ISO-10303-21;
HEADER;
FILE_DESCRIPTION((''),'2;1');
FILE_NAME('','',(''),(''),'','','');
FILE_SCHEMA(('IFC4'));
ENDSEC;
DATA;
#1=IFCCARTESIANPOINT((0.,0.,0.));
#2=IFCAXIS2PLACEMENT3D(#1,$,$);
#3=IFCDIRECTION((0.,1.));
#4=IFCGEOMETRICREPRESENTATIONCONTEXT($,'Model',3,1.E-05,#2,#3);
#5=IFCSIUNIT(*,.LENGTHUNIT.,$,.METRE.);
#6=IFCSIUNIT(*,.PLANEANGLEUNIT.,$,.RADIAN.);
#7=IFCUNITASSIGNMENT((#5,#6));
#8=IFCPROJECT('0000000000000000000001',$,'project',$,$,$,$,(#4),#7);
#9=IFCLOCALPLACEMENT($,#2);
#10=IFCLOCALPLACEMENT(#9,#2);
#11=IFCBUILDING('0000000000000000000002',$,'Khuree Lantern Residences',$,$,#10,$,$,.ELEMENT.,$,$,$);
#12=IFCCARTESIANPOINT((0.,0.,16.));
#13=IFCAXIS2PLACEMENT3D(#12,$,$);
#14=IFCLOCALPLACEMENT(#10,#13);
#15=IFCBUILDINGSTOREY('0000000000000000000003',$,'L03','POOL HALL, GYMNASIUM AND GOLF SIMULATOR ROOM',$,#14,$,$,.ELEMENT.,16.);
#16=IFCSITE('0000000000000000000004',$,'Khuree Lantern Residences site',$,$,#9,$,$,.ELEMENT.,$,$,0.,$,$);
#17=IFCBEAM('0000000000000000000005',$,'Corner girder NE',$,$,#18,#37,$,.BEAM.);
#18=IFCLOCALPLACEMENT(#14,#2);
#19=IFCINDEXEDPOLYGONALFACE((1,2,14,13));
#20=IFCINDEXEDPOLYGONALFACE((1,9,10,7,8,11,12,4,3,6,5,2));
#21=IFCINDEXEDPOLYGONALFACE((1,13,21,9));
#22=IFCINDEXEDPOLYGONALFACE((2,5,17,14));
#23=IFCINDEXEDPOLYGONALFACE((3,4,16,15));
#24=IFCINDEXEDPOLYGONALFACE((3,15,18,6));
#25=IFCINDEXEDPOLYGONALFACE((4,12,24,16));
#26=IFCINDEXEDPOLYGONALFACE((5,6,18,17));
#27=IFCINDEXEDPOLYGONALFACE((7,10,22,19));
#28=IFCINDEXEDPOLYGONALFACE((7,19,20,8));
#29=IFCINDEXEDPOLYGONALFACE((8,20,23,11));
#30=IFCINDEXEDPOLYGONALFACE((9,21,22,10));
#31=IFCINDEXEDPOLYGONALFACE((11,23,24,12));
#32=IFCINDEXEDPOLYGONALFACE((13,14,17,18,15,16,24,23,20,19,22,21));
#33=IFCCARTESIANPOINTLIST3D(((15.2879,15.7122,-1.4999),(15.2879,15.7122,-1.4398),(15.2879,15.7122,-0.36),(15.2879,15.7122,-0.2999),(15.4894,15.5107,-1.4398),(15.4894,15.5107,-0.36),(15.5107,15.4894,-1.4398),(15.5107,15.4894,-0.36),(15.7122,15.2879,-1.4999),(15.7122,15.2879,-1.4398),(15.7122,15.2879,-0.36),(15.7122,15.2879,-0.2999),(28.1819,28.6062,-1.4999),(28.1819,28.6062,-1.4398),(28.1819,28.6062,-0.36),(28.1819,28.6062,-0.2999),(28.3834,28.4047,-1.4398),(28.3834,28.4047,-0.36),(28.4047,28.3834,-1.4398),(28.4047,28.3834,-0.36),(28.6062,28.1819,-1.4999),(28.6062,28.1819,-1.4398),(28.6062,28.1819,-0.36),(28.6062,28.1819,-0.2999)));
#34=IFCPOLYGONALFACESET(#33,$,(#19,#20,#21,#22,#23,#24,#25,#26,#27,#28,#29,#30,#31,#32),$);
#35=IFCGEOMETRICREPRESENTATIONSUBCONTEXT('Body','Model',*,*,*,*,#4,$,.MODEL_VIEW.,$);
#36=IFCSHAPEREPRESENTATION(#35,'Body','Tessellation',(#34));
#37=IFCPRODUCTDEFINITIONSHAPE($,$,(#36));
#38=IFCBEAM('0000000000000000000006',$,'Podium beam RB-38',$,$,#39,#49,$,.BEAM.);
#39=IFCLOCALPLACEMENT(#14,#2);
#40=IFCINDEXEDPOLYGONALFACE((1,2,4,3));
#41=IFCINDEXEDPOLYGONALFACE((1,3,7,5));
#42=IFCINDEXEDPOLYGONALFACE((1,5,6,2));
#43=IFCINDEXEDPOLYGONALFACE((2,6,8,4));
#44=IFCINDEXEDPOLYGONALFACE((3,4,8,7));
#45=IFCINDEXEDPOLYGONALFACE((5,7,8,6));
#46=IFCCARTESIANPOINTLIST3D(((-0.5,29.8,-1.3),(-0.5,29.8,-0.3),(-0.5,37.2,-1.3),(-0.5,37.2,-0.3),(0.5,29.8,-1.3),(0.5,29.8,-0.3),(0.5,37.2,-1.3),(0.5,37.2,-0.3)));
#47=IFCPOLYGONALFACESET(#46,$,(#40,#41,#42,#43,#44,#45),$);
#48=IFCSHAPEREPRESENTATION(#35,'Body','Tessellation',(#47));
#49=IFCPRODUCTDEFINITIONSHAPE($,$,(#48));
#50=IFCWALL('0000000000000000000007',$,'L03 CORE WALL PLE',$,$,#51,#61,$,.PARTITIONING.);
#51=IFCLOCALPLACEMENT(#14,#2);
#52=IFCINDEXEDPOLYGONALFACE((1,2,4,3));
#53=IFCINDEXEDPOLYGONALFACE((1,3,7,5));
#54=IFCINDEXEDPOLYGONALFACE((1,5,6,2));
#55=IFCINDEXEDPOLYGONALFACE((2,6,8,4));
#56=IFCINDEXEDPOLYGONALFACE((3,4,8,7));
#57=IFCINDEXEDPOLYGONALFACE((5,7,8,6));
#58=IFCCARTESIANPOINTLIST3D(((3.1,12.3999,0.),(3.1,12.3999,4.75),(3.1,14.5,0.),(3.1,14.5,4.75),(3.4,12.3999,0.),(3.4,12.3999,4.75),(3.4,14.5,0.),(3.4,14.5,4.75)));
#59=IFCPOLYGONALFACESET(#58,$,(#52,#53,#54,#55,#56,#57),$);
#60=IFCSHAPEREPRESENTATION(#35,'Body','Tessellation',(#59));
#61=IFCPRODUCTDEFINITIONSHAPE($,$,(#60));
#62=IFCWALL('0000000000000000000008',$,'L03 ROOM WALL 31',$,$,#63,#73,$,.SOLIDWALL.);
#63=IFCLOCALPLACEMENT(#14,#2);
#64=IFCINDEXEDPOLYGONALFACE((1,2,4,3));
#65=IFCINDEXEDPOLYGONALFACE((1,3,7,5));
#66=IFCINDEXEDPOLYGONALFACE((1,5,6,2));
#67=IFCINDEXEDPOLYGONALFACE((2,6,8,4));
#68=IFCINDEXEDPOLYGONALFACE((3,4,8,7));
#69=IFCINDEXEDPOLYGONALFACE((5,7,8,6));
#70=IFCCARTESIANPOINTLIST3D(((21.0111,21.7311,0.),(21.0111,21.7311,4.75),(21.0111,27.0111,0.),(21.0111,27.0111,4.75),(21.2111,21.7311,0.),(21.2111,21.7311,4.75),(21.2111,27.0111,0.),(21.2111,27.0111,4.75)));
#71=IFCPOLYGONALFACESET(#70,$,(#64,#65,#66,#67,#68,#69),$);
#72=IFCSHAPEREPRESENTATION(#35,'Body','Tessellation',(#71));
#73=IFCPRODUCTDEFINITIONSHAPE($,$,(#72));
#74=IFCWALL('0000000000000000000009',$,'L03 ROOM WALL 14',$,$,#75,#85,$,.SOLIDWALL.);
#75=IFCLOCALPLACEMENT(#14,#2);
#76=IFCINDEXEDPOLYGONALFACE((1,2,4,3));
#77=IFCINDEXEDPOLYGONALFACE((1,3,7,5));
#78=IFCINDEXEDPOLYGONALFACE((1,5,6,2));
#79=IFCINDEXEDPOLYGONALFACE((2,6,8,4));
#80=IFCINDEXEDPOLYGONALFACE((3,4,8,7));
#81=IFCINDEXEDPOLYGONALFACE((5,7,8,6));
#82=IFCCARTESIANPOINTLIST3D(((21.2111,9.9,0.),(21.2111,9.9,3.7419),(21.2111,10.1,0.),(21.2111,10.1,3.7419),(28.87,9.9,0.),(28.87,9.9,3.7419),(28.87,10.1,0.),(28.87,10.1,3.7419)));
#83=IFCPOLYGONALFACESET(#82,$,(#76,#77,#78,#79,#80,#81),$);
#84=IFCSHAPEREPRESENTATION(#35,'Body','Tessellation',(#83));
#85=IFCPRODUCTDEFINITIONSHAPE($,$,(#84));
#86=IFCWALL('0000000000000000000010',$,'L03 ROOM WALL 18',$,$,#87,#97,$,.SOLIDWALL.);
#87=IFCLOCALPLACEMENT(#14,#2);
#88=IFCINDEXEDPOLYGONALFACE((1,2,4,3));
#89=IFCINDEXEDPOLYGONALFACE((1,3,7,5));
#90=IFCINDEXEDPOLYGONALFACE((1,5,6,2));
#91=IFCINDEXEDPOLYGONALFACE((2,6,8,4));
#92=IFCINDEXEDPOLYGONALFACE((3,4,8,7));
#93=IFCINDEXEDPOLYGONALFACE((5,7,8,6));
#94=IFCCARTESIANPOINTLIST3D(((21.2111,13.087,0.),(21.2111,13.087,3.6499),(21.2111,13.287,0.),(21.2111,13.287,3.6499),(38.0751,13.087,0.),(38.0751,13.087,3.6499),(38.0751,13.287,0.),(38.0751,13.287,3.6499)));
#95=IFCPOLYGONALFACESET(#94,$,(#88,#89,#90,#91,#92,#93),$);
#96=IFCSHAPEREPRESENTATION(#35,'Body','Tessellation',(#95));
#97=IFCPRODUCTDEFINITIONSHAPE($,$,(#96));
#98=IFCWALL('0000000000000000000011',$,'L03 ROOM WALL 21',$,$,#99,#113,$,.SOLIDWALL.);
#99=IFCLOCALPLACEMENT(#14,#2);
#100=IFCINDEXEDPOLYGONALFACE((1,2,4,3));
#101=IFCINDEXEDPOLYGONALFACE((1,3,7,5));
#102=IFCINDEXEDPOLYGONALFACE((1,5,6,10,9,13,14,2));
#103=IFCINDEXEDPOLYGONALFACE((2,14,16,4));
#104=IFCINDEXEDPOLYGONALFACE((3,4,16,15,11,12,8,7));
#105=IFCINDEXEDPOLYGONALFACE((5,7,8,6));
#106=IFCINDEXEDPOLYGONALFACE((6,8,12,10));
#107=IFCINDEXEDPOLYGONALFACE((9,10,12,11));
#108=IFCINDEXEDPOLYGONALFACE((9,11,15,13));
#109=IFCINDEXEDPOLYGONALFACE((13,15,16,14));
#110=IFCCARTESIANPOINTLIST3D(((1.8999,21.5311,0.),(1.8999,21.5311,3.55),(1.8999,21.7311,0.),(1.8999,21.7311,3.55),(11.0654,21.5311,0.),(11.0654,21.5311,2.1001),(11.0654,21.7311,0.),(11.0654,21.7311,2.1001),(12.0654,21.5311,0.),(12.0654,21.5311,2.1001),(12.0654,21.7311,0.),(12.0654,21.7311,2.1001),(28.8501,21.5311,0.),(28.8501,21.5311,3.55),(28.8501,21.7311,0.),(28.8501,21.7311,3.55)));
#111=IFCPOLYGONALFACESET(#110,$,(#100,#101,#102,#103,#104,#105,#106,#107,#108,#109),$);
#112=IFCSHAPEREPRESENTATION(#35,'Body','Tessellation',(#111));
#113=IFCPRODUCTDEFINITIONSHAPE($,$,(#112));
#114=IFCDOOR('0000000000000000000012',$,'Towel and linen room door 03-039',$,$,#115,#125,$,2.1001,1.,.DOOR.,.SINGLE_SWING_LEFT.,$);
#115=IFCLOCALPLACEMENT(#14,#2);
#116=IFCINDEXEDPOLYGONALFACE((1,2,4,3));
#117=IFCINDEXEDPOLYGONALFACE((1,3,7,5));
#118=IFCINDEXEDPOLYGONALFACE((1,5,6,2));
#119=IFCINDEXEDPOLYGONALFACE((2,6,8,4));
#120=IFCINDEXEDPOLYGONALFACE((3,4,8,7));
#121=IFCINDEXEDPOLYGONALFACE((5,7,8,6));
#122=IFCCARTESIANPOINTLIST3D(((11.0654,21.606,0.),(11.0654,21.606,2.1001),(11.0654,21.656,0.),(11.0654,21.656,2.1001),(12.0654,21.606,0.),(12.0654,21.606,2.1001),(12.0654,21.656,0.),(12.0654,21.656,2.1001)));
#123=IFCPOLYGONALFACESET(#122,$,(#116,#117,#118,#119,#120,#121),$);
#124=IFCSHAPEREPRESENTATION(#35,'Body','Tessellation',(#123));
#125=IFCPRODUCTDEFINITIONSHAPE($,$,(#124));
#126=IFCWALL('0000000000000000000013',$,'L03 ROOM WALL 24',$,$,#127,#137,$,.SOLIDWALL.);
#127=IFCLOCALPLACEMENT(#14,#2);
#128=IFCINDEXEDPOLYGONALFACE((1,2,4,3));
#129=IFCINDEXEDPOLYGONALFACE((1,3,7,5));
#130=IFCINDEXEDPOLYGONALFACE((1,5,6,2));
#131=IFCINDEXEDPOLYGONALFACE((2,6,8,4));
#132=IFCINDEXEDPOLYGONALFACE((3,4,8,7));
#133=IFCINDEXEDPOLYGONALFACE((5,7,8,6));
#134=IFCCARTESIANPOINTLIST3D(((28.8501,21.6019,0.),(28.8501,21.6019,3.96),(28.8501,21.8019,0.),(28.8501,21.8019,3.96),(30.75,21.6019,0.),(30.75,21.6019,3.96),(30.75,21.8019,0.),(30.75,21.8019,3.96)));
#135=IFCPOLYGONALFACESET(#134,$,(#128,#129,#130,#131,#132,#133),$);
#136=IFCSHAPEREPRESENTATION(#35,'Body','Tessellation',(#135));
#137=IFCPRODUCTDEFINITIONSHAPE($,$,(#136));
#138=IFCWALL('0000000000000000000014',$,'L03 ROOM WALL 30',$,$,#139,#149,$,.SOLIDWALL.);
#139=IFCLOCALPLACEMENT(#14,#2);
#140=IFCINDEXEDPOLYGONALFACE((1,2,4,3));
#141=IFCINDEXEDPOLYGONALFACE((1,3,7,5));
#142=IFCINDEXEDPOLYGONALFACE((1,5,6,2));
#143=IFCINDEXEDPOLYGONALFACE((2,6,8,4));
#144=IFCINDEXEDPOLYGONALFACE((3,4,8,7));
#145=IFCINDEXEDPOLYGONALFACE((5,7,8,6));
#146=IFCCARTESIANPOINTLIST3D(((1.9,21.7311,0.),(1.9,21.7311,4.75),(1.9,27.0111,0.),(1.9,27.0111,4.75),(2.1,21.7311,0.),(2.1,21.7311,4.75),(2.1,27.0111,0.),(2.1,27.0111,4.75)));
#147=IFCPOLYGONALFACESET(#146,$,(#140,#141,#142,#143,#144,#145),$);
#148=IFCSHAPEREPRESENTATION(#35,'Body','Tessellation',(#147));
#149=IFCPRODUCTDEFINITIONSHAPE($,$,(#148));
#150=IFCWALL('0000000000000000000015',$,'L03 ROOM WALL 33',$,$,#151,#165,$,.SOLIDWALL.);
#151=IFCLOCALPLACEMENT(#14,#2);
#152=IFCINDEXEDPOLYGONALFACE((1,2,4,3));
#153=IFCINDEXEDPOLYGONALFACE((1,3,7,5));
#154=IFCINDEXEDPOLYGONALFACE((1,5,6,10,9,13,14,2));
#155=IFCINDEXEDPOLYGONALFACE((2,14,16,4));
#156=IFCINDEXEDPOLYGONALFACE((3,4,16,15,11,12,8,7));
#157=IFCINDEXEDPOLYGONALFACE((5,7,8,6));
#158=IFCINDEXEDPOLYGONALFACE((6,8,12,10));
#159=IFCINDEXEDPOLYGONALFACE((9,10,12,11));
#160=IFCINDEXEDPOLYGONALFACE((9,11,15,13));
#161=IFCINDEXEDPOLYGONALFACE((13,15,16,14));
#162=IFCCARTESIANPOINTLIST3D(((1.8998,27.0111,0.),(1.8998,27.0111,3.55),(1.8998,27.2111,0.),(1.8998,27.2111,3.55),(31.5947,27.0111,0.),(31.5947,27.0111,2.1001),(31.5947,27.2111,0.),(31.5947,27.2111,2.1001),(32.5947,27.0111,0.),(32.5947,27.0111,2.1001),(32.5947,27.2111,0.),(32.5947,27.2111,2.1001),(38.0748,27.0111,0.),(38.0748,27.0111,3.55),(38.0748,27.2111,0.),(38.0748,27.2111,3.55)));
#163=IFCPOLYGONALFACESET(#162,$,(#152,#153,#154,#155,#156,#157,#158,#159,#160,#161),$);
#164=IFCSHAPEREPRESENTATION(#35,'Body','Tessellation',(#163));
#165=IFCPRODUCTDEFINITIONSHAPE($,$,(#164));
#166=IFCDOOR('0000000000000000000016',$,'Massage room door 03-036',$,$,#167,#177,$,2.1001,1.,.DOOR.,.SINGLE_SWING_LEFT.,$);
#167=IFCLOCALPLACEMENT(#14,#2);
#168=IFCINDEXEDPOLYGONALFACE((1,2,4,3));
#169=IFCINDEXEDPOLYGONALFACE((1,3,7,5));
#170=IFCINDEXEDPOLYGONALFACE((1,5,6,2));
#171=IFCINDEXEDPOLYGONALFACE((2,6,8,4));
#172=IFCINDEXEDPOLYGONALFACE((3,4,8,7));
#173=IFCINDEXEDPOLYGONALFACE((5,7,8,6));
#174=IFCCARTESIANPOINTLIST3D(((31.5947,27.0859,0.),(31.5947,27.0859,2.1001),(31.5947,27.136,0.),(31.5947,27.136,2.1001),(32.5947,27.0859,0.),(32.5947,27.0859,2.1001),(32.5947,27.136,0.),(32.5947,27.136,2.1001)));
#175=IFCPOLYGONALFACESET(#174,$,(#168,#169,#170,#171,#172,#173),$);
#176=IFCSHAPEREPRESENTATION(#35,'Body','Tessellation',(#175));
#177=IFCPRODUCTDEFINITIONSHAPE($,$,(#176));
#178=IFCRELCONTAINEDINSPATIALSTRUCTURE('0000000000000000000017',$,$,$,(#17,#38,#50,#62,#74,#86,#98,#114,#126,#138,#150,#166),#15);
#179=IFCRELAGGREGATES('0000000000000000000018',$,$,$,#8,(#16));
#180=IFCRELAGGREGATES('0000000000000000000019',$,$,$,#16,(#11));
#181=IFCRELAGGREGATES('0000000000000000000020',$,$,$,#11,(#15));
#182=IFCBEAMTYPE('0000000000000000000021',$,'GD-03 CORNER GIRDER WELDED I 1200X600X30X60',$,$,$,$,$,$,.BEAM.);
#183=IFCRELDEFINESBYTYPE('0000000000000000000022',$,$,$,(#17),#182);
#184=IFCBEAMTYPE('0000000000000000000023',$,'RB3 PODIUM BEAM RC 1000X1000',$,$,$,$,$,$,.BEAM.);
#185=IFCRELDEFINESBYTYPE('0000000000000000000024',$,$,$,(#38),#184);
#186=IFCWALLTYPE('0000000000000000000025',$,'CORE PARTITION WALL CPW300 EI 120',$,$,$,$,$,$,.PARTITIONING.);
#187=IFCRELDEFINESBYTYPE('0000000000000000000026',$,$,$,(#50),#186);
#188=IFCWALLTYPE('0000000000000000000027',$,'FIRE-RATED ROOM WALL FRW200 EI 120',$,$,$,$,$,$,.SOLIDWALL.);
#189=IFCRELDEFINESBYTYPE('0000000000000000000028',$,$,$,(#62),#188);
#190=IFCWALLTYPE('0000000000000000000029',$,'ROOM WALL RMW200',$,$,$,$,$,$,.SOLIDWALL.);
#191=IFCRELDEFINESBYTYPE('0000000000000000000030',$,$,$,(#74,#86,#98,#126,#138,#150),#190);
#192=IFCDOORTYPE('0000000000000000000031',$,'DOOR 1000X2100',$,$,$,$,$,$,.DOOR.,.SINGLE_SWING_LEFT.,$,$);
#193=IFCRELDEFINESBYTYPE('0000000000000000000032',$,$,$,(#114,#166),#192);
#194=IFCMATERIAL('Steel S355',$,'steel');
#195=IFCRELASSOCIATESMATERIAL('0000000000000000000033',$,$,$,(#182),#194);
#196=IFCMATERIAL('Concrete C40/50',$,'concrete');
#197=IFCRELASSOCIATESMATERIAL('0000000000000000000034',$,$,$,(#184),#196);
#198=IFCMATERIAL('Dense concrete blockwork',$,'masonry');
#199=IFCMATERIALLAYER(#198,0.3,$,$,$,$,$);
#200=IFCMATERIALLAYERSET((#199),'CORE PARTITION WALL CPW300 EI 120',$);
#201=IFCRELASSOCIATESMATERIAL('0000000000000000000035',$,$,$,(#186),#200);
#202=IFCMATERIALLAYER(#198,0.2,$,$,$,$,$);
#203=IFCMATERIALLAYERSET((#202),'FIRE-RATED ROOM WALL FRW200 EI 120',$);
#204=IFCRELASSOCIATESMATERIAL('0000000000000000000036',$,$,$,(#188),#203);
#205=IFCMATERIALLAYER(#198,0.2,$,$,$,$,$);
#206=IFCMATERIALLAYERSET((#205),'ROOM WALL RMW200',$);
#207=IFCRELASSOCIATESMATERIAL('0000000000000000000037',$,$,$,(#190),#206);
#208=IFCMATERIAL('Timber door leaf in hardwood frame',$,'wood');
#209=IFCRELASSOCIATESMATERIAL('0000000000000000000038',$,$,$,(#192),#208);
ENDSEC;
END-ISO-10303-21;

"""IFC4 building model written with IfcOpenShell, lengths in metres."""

from ifc_helpers import new_model, si_unit, direction, frame, frame_2d, origin, origin_2d, place, context, subcontext, project, spatial, rectangle, i_section, extrude, material, layer, layer_set, material_profile, profile_set, type_object, element, fill, save


model = new_model("IFC4")

# Units and contexts
model_context = context("Model", 3, precision=1e-05, world=origin(), true_north=direction((0.0, 1.0)))
body_context = subcontext(model_context, "Body", "Model", "MODEL_VIEW")
ifc_project = project(units=[si_unit("LENGTHUNIT", "METRE"), si_unit("PLANEANGLEUNIT", "RADIAN")], contexts=[model_context])

# Site, building, storey
site_placement = place(None, origin())
site = spatial("IfcSite", under=ifc_project, at=site_placement, Name="Khuree Lantern Residences site", CompositionType="ELEMENT", RefElevation=0.0)
building_placement = place(site_placement, origin())
building = spatial("IfcBuilding", under=site, at=building_placement, Name="Khuree Lantern Residences", CompositionType="ELEMENT")
storey_placement = place(building_placement, frame((0.0, 0.0, 16.0)))
storey = spatial("IfcBuildingStorey", under=building, at=storey_placement, Name="L03", Description="POOL HALL, GYMNASIUM AND GOLF SIMULATOR ROOM", CompositionType="ELEMENT", Elevation=16.0)

# Beams
ifc_material_1 = material(Name="Steel S355", Category="steel")
ifc_material_profile_1 = material_profile(ifc_material_1, i_section(OverallWidth=0.6001, OverallDepth=1.2, WebThickness=0.03, FlangeThickness=0.0601, at=origin_2d()), Name="WELDED I 1200X600X30X60")
ifc_profile_set_1 = profile_set([ifc_material_profile_1], Name="Steel S355")
beam_type_1 = type_object("IfcBeamType", Name="GD-03 CORNER GIRDER WELDED I 1200X600X30X60", PredefinedType="BEAM", material=ifc_profile_set_1)
beam_1_placement = place(storey_placement, frame((28.394, 28.394, -0.8999), z_axis=(-0.707107, -0.707107, 0.0), x_axis=(0.707107, -0.707107, 0.0)))
element("IfcBeam", 1, at=beam_1_placement, inside=storey, type_object=beam_type_1, Name="Corner girder NE", PredefinedType="BEAM", context=body_context, shape_type="SweptSolid", body=[
    extrude(i_section(OverallWidth=0.6001, OverallDepth=1.2, WebThickness=0.03, FlangeThickness=0.0601, at=origin_2d()), origin(), (0.0, 0.0, 1.0), 18.2349),
])
ifc_material_2 = material(Name="Concrete C40/50", Category="concrete")
ifc_material_profile_2 = material_profile(ifc_material_2, rectangle(XDim=1.0, YDim=1.0, at=origin_2d()), Name="RC 1000X1000")
ifc_profile_set_2 = profile_set([ifc_material_profile_2], Name="Concrete C40/50")
beam_type_2 = type_object("IfcBeamType", Name="RB3 PODIUM BEAM RC 1000X1000", PredefinedType="BEAM", material=ifc_profile_set_2)
beam_2_placement = place(storey_placement, frame((0.0, 29.8, -0.8), z_axis=(0.0, 1.0, 0.0), x_axis=(-1.0, 0.0, 0.0)))
element("IfcBeam", 2, at=beam_2_placement, inside=storey, type_object=beam_type_2, Name="Podium beam RB-38", PredefinedType="BEAM", context=body_context, shape_type="SweptSolid", body=[
    extrude(rectangle(XDim=1.0, YDim=1.0, at=origin_2d()), origin(), (0.0, 0.0, 1.0), 7.3999),
])

# Walls
ifc_material_3 = material(Name="Dense concrete blockwork", Category="masonry")
ifc_layer_1 = layer(ifc_material_3, 0.3)
ifc_layer_set_1 = layer_set([ifc_layer_1], Name="CORE PARTITION WALL CPW300 EI 120")
wall_type_1 = type_object("IfcWallType", Name="CORE PARTITION WALL CPW300 EI 120", PredefinedType="PARTITIONING", material=ifc_layer_set_1)
wall_1_placement = place(storey_placement, frame((3.25, 12.3999, 0.0), z_axis=(0.0, 0.0, 1.0), x_axis=(0.0, 1.0, 0.0)))
element("IfcWall", 3, at=wall_1_placement, inside=storey, type_object=wall_type_1, Name="L03 CORE WALL PLE", PredefinedType="PARTITIONING", context=body_context, shape_type="SweptSolid", body=[
    extrude(rectangle(XDim=2.1001, YDim=0.3, at=frame_2d((1.05, 0.0))), origin(), (0.0, 0.0, 1.0), 4.75),
])
ifc_layer_2 = layer(ifc_material_3, 0.2)
ifc_layer_set_2 = layer_set([ifc_layer_2], Name="FIRE-RATED ROOM WALL FRW200 EI 120")
wall_type_2 = type_object("IfcWallType", Name="FIRE-RATED ROOM WALL FRW200 EI 120", PredefinedType="SOLIDWALL", material=ifc_layer_set_2)
wall_2_placement = place(storey_placement, frame((21.1111, 21.731, 0.0), z_axis=(0.0, 0.0, 1.0), x_axis=(0.0, 1.0, 0.0)))
element("IfcWall", 4, at=wall_2_placement, inside=storey, type_object=wall_type_2, Name="L03 ROOM WALL 31", PredefinedType="SOLIDWALL", context=body_context, shape_type="SweptSolid", body=[
    extrude(rectangle(XDim=5.28, YDim=0.2, at=frame_2d((2.6401, 0.0))), origin(), (0.0, 0.0, 1.0), 4.75),
])
ifc_layer_3 = layer(ifc_material_3, 0.2)
ifc_layer_set_3 = layer_set([ifc_layer_3], Name="ROOM WALL RMW200")
wall_type_3 = type_object("IfcWallType", Name="ROOM WALL RMW200", PredefinedType="SOLIDWALL", material=ifc_layer_set_3)
wall_3_placement = place(storey_placement, frame((21.2109, 10.0, 0.0), z_axis=(0.0, 0.0, 1.0), x_axis=(1.0, 0.0, 0.0)))
element("IfcWall", 5, at=wall_3_placement, inside=storey, type_object=wall_type_3, Name="L03 ROOM WALL 14", PredefinedType="SOLIDWALL", context=body_context, shape_type="SweptSolid", body=[
    extrude(rectangle(XDim=7.6589, YDim=0.2, at=frame_2d((3.8296, 0.0))), origin(), (0.0, 0.0, 1.0), 3.7419),
])
wall_4_placement = place(storey_placement, frame((21.2109, 13.187, 0.0), z_axis=(0.0, 0.0, 1.0), x_axis=(1.0, 0.0, 0.0)))
element("IfcWall", 6, at=wall_4_placement, inside=storey, type_object=wall_type_3, Name="L03 ROOM WALL 18", PredefinedType="SOLIDWALL", context=body_context, shape_type="SweptSolid", body=[
    extrude(rectangle(XDim=16.864, YDim=0.2, at=frame_2d((8.4321, 0.0))), origin(), (0.0, 0.0, 1.0), 3.6499),
])

# Wall, opening, door
wall_5_placement = place(storey_placement, frame((1.8999, 21.6311, 0.0), z_axis=(0.0, 0.0, 1.0), x_axis=(1.0, 0.0, 0.0)))
wall_5 = element("IfcWall", 7, at=wall_5_placement, inside=storey, type_object=wall_type_3, Name="L03 ROOM WALL 21", PredefinedType="SOLIDWALL", context=body_context, shape_type="SweptSolid", body=[
    extrude(rectangle(XDim=26.9502, YDim=0.2, at=frame_2d((13.4751, 0.0))), origin(), (0.0, 0.0, 1.0), 3.55),
])
opening_1_placement = place(wall_5_placement, frame((9.1655, 0.0, 0.0)))
opening_1 = element("IfcOpeningElement", 8, at=opening_1_placement, cuts=wall_5, PredefinedType="OPENING", context=body_context, shape_type="SweptSolid", body=[
    extrude(rectangle(XDim=1.0, YDim=2.1001, at=frame_2d((0.5, 1.05))), frame((0.0, 0.1099, 0.0), z_axis=(0.0, -1.0, 0.0), x_axis=(1.0, 0.0, 0.0)), (0.0, 0.0, 1.0), 0.22),
])
ifc_material_4 = material(Name="Timber door leaf in hardwood frame", Category="wood")
door_type = type_object("IfcDoorType", Name="DOOR 1000X2100", OperationType="SINGLE_SWING_LEFT", PredefinedType="DOOR", material=ifc_material_4)
door_1_placement = place(opening_1_placement, origin())
door_1 = element("IfcDoor", 9, at=door_1_placement, inside=storey, type_object=door_type, Name="Towel and linen room door 03-039", OperationType="SINGLE_SWING_LEFT", OverallHeight=2.1001, OverallWidth=1.0, PredefinedType="DOOR", context=body_context, shape_type="SweptSolid", body=[
    extrude(rectangle(XDim=1.0, YDim=2.1001, at=frame_2d((0.5, 1.05))), frame((0.0, 0.0249, 0.0), z_axis=(0.0, -1.0, 0.0), x_axis=(1.0, 0.0, 0.0)), (0.0, 0.0, 1.0), 0.05),
])
fill(opening_1, door_1)

# Walls
wall_6_placement = place(storey_placement, frame((28.8501, 21.7019, 0.0), z_axis=(0.0, 0.0, 1.0), x_axis=(1.0, 0.0, 0.0)))
element("IfcWall", 10, at=wall_6_placement, inside=storey, type_object=wall_type_3, Name="L03 ROOM WALL 24", PredefinedType="SOLIDWALL", context=body_context, shape_type="SweptSolid", body=[
    extrude(rectangle(XDim=1.8999, YDim=0.2, at=frame_2d((0.95, 0.0))), origin(), (0.0, 0.0, 1.0), 3.96),
])
wall_7_placement = place(storey_placement, frame((2.0, 21.731, 0.0), z_axis=(0.0, 0.0, 1.0), x_axis=(0.0, 1.0, 0.0)))
element("IfcWall", 11, at=wall_7_placement, inside=storey, type_object=wall_type_3, Name="L03 ROOM WALL 30", PredefinedType="SOLIDWALL", context=body_context, shape_type="SweptSolid", body=[
    extrude(rectangle(XDim=5.28, YDim=0.2, at=frame_2d((2.6401, 0.0))), origin(), (0.0, 0.0, 1.0), 4.75),
])

# Wall, opening, door
wall_8_placement = place(storey_placement, frame((1.8999, 27.1111, 0.0), z_axis=(0.0, 0.0, 1.0), x_axis=(1.0, 0.0, 0.0)))
wall_8 = element("IfcWall", 12, at=wall_8_placement, inside=storey, type_object=wall_type_3, Name="L03 ROOM WALL 33", PredefinedType="SOLIDWALL", context=body_context, shape_type="SweptSolid", body=[
    extrude(rectangle(XDim=36.175, YDim=0.2, at=frame_2d((18.0874, 0.0))), origin(), (0.0, 0.0, 1.0), 3.55),
])
opening_2_placement = place(wall_8_placement, frame((29.6948, 0.0, 0.0)))
opening_2 = element("IfcOpeningElement", 13, at=opening_2_placement, cuts=wall_8, PredefinedType="OPENING", context=body_context, shape_type="SweptSolid", body=[
    extrude(rectangle(XDim=1.0, YDim=2.1001, at=frame_2d((0.5, 1.05))), frame((0.0, 0.1099, 0.0), z_axis=(0.0, -1.0, 0.0), x_axis=(1.0, 0.0, 0.0)), (0.0, 0.0, 1.0), 0.22),
])
door_2_placement = place(opening_2_placement, origin())
door_2 = element("IfcDoor", 14, at=door_2_placement, inside=storey, type_object=door_type, Name="Massage room door 03-036", OperationType="SINGLE_SWING_LEFT", OverallHeight=2.1001, OverallWidth=1.0, PredefinedType="DOOR", context=body_context, shape_type="SweptSolid", body=[
    extrude(rectangle(XDim=1.0, YDim=2.1001, at=frame_2d((0.5, 1.05))), frame((0.0, 0.0249, 0.0), z_axis=(0.0, -1.0, 0.0), x_axis=(1.0, 0.0, 0.0)), (0.0, 0.0, 1.0), 0.05),
])
fill(opening_2, door_2)

save(model, "model.ifc")
